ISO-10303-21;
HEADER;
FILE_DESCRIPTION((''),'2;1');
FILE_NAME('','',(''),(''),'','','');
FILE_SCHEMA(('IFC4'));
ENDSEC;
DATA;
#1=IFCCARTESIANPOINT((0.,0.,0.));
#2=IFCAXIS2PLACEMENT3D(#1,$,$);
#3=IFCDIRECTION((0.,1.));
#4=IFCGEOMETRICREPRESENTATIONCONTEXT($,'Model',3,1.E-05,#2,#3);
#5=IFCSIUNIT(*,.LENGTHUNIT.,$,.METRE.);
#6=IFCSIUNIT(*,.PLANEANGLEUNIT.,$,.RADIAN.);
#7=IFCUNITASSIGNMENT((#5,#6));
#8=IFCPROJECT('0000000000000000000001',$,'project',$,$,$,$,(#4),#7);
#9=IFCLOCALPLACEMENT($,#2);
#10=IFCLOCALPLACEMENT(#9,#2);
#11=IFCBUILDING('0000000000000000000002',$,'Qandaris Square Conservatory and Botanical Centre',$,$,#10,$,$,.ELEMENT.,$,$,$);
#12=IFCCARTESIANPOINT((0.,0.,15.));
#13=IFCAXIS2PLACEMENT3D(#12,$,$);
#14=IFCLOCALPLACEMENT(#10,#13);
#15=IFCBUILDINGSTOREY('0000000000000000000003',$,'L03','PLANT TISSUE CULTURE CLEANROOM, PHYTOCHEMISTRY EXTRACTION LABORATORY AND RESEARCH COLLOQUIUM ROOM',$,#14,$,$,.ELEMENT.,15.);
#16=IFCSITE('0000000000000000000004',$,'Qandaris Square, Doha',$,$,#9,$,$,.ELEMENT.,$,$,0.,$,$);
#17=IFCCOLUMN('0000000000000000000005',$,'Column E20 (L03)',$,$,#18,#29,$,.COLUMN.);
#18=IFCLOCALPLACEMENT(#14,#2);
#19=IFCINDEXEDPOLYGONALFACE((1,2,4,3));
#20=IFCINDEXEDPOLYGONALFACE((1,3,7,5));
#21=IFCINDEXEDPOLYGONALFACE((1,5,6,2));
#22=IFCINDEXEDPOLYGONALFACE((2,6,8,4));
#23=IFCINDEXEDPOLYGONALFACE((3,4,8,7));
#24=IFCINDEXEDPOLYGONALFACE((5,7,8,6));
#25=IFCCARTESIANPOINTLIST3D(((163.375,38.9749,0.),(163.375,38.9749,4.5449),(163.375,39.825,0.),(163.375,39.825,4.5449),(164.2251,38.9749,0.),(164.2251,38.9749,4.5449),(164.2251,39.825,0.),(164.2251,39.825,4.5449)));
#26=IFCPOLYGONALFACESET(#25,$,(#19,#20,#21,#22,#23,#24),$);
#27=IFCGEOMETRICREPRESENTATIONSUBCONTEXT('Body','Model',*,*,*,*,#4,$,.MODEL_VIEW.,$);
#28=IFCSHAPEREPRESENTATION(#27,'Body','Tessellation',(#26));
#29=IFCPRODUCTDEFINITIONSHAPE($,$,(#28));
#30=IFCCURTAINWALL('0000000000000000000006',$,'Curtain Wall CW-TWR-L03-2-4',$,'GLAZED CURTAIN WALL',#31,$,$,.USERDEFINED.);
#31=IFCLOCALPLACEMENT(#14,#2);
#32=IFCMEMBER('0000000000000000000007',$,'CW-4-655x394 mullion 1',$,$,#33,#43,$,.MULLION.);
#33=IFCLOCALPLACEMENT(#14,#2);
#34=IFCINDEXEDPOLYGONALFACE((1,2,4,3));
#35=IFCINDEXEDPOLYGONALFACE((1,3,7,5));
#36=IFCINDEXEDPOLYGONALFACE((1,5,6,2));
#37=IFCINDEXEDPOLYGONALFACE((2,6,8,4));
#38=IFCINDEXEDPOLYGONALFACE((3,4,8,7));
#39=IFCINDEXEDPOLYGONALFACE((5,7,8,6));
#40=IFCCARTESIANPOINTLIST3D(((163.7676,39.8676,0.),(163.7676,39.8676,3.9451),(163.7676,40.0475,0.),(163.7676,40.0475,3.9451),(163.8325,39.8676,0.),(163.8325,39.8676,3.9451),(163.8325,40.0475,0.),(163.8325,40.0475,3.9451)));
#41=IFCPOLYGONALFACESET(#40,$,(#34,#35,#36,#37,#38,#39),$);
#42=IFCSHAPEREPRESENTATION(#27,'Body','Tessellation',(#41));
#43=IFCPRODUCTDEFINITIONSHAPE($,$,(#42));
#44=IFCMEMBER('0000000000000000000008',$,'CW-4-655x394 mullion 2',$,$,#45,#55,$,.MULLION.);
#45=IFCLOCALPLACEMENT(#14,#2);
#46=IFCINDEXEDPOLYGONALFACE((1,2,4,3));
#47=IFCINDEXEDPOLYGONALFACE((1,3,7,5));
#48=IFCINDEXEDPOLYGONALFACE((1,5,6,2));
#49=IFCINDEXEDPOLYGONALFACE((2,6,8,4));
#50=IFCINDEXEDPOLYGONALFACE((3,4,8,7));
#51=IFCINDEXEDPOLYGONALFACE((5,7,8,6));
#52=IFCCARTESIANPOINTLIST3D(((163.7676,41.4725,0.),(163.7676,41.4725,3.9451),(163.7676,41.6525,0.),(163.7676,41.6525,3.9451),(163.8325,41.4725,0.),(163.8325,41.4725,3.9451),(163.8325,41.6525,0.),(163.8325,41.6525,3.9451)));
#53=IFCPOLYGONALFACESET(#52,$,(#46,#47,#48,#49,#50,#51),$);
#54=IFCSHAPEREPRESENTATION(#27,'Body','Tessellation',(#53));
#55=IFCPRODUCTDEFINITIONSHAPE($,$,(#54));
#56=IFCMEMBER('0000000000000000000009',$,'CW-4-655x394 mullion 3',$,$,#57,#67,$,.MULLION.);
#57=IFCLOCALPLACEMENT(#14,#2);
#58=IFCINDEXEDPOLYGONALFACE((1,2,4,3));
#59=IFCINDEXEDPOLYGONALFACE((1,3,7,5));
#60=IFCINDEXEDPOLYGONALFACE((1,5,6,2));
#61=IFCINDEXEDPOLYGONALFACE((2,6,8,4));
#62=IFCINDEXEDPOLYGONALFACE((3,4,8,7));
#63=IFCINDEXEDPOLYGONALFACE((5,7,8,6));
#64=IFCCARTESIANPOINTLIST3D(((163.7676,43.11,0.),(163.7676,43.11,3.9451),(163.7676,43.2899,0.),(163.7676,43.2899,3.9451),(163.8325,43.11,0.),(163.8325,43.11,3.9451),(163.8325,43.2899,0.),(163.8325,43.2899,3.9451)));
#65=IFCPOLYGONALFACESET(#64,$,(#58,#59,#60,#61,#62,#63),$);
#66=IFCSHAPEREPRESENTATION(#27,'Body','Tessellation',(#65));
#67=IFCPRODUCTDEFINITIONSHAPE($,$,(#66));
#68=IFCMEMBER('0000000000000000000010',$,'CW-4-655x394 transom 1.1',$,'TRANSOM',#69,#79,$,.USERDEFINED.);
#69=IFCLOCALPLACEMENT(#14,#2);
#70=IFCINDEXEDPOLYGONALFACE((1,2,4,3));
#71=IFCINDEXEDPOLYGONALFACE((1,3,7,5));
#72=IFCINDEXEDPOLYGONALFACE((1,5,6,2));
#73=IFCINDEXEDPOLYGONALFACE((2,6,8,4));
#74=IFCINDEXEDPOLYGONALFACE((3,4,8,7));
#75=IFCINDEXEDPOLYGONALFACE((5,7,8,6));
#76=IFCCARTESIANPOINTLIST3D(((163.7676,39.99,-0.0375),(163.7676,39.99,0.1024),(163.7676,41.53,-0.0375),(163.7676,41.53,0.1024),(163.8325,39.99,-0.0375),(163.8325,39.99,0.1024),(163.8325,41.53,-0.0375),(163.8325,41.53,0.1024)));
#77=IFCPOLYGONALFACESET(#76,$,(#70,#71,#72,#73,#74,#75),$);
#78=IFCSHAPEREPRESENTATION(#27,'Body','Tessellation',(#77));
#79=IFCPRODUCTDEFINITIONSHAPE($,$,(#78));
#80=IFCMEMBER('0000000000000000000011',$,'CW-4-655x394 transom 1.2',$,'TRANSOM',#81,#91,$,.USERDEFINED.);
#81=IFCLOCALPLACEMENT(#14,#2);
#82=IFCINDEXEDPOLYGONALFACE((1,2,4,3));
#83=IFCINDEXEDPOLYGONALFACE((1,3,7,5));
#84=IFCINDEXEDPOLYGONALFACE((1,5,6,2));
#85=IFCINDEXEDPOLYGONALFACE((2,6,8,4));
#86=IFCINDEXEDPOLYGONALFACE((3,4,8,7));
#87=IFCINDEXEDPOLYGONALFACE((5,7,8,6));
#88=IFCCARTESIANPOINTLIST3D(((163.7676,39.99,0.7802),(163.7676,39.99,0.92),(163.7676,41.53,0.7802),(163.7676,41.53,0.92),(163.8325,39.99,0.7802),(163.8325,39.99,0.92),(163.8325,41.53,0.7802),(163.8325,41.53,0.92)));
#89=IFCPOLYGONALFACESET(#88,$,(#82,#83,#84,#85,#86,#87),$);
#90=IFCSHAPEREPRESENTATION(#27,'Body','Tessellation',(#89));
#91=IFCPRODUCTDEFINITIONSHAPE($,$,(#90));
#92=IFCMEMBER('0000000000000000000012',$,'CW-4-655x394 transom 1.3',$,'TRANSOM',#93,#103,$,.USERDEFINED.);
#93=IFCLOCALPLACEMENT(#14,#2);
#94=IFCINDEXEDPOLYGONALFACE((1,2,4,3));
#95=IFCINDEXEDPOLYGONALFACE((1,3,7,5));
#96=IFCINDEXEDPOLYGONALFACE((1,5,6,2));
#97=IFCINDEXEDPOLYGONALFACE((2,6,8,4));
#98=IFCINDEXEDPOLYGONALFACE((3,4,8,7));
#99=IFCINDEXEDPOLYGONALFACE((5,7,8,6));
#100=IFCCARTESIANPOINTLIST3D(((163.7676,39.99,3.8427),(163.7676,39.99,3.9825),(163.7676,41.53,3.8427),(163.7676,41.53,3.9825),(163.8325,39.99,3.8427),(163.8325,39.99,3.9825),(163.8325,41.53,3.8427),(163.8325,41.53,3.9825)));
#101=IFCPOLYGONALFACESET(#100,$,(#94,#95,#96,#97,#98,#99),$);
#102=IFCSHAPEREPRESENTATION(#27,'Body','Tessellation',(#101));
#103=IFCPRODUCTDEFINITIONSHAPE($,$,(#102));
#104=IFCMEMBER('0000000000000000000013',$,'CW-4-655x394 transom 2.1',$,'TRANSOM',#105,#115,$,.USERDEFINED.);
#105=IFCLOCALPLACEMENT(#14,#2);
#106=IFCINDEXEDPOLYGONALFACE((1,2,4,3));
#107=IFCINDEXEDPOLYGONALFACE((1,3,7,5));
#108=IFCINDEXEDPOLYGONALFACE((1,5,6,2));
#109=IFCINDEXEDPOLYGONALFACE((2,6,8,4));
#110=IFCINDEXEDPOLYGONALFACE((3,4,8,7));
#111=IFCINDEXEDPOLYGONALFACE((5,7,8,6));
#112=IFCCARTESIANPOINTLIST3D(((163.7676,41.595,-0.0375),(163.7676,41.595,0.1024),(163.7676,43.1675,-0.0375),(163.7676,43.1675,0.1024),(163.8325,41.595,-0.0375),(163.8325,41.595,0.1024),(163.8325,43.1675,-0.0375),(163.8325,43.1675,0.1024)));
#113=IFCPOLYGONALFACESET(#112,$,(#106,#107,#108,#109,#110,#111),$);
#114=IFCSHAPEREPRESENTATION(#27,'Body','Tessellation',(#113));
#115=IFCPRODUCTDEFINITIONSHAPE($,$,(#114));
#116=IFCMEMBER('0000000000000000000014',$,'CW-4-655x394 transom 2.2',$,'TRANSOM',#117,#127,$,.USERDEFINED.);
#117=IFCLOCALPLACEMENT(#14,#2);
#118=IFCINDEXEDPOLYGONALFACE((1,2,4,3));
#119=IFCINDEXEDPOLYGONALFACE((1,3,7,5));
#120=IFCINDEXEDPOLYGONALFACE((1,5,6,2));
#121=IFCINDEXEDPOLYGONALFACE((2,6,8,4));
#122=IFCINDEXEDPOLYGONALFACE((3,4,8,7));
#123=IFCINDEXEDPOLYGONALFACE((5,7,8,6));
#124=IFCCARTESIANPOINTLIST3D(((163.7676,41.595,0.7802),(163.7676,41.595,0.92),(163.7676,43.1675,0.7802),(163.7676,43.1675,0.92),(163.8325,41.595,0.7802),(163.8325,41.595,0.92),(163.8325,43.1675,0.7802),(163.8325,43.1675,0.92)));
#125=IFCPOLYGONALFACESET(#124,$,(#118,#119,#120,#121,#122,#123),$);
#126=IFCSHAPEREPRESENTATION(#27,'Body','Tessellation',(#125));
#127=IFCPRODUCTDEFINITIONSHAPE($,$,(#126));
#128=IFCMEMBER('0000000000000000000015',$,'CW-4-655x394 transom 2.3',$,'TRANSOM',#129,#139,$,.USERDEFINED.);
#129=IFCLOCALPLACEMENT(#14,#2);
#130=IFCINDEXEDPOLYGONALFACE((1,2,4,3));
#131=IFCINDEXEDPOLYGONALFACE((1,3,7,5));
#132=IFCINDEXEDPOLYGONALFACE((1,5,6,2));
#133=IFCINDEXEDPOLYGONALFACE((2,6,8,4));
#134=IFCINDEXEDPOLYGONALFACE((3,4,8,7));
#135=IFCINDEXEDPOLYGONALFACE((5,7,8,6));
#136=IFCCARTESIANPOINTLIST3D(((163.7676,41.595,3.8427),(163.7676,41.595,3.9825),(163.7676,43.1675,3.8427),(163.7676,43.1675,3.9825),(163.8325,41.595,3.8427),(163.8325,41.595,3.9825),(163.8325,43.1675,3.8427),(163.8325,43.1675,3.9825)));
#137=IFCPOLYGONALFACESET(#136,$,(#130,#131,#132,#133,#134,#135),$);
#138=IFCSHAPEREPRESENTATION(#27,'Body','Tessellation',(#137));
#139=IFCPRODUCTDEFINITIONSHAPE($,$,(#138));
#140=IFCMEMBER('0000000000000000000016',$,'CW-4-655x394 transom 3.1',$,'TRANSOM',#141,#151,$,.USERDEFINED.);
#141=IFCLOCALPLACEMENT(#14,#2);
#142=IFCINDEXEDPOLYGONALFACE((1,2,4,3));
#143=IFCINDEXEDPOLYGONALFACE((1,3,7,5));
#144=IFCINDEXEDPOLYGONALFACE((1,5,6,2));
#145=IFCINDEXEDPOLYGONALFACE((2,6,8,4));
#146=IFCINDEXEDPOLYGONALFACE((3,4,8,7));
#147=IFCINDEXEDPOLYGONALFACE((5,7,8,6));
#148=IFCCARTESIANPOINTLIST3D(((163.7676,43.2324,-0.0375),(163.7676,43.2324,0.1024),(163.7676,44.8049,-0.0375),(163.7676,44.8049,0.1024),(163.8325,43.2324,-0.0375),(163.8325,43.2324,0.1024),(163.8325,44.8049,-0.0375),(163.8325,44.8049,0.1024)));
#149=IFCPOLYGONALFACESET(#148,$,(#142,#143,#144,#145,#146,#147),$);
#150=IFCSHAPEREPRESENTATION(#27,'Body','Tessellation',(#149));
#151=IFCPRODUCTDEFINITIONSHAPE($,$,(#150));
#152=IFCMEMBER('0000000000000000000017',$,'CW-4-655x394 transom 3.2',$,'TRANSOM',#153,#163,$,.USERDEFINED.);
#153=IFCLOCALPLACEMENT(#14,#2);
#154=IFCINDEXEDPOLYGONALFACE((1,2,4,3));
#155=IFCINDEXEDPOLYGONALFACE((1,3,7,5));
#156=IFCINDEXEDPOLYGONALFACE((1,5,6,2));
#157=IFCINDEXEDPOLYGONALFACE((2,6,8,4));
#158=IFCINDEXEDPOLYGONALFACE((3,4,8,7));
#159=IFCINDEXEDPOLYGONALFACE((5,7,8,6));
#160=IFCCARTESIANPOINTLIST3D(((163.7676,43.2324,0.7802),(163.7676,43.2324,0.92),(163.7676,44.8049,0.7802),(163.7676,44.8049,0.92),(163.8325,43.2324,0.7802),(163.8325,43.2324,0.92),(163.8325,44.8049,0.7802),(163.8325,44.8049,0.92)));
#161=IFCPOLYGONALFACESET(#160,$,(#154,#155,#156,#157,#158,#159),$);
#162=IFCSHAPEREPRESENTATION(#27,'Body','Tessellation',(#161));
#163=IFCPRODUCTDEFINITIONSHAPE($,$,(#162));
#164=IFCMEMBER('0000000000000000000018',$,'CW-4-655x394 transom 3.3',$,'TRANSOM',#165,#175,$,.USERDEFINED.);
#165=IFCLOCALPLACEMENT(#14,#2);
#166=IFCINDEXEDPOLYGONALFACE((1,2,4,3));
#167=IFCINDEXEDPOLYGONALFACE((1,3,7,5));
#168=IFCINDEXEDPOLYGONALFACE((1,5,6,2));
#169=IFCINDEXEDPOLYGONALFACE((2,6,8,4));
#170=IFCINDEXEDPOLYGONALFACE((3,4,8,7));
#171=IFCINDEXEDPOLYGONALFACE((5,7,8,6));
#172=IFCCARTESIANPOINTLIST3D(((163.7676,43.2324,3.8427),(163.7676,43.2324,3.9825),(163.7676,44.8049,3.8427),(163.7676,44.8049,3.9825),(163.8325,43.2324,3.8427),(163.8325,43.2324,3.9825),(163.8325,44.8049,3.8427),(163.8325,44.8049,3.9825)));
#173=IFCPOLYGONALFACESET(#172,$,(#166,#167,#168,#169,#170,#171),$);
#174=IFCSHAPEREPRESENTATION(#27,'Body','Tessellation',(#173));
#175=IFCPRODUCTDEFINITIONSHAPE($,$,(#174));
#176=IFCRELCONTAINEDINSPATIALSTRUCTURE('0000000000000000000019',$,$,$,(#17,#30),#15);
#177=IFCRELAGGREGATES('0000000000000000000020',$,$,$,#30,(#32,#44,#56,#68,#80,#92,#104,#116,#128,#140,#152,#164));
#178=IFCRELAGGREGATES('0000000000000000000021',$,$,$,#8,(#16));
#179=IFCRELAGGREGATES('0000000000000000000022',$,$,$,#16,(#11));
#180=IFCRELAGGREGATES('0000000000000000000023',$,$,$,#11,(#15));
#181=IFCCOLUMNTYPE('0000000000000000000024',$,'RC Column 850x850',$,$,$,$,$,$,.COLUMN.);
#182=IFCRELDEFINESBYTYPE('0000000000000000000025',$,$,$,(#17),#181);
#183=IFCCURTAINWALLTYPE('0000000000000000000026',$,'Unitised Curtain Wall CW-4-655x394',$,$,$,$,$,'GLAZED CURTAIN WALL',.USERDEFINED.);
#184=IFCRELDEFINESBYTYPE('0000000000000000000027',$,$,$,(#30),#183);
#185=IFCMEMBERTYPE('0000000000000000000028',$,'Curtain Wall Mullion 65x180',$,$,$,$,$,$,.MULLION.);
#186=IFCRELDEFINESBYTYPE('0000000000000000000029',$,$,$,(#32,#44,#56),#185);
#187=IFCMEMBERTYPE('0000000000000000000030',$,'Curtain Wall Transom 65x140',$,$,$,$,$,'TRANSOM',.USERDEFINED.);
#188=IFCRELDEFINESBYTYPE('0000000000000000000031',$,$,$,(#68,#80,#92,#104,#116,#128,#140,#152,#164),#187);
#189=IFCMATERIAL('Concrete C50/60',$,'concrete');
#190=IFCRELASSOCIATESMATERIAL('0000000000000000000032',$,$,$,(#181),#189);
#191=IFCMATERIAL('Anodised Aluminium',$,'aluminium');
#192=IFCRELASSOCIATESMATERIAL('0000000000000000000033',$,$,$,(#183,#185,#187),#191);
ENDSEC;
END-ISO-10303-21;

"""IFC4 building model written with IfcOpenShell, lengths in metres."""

from ifc_helpers import new_model, si_unit, direction, frame, origin, origin_2d, place, context, subcontext, project, spatial, rectangle, extrude, material, material_profile, profile_set, type_object, element, aggregate, save


model = new_model("IFC4")

# Units and contexts
model_context = context("Model", 3, precision=1e-05, world=origin(), true_north=direction((0.0, 1.0)))
body_context = subcontext(model_context, "Body", "Model", "MODEL_VIEW")
ifc_project = project(units=[si_unit("LENGTHUNIT", "METRE"), si_unit("PLANEANGLEUNIT", "RADIAN")], contexts=[model_context])

# Site, building, storey
site_placement = place(None, origin())
site = spatial("IfcSite", under=ifc_project, at=site_placement, Name="Qandaris Square, Doha", CompositionType="ELEMENT", RefElevation=0.0)
building_placement = place(site_placement, origin())
building = spatial("IfcBuilding", under=site, at=building_placement, Name="Qandaris Square Conservatory and Botanical Centre", CompositionType="ELEMENT")
storey_placement = place(building_placement, frame((0.0, 0.0, 15.0)))
storey = spatial("IfcBuildingStorey", under=building, at=storey_placement, Name="L03", Description="PLANT TISSUE CULTURE CLEANROOM, PHYTOCHEMISTRY EXTRACTION LABORATORY AND RESEARCH COLLOQUIUM ROOM", CompositionType="ELEMENT", Elevation=15.0)

# Column
ifc_material_1 = material(Name="Concrete C50/60", Category="concrete")
ifc_material_profile_1 = material_profile(ifc_material_1, rectangle(XDim=0.8501, YDim=0.8501, at=origin_2d()), Name="RC-COL 850x850")
ifc_profile_set_1 = profile_set([ifc_material_profile_1], Name="Concrete C50/60")
column_type = type_object("IfcColumnType", Name="RC Column 850x850", PredefinedType="COLUMN", material=ifc_profile_set_1)
column_placement = place(storey_placement, frame((163.8, 39.3999, 0.0), z_axis=(0.0, 0.0, 1.0), x_axis=(1.0, 0.0, 0.0)))
element("IfcColumn", 1, at=column_placement, inside=storey, type_object=column_type, Name="Column E20 (L03)", PredefinedType="COLUMN", context=body_context, shape_type="SweptSolid", body=[
    extrude(rectangle(XDim=0.8501, YDim=0.8501, at=origin_2d()), origin(), (0.0, 0.0, 1.0), 4.5449),
])

# Curtain wall, members
ifc_material_2 = material(Name="Anodised Aluminium", Category="aluminium")
curtain_wall_type = type_object("IfcCurtainWallType", Name="Unitised Curtain Wall CW-4-655x394", ElementType="GLAZED CURTAIN WALL", PredefinedType="USERDEFINED", material=ifc_material_2)
curtain_wall_placement = place(storey_placement, origin())
curtain_wall = element("IfcCurtainWall", 2, at=curtain_wall_placement, inside=storey, type_object=curtain_wall_type, Name="Curtain Wall CW-TWR-L03-2-4", ObjectType="GLAZED CURTAIN WALL", PredefinedType="USERDEFINED")
ifc_material_profile_2 = material_profile(ifc_material_2, rectangle(XDim=0.0649, YDim=0.1799, at=origin_2d()), Name="ALU-MUL 65x180")
ifc_profile_set_2 = profile_set([ifc_material_profile_2], Name="Anodised Aluminium")
member_type_1 = type_object("IfcMemberType", Name="Curtain Wall Mullion 65x180", PredefinedType="MULLION", material=ifc_profile_set_2)
member_1_placement = place(storey_placement, frame((163.8, 39.9575, 0.0), z_axis=(0.0, 0.0, 1.0), x_axis=(-1.0, 0.0, 0.0)))
member_1 = element("IfcMember", 3, at=member_1_placement, type_object=member_type_1, Name="CW-4-655x394 mullion 1", PredefinedType="MULLION", context=body_context, shape_type="SweptSolid", body=[
    extrude(rectangle(XDim=0.0649, YDim=0.1799, at=origin_2d()), origin(), (0.0, 0.0, 1.0), 3.9451),
])
member_2_placement = place(storey_placement, frame((163.8, 41.5625, 0.0), z_axis=(0.0, 0.0, 1.0), x_axis=(-1.0, 0.0, 0.0)))
member_2 = element("IfcMember", 4, at=member_2_placement, type_object=member_type_1, Name="CW-4-655x394 mullion 2", PredefinedType="MULLION", context=body_context, shape_type="SweptSolid", body=[
    extrude(rectangle(XDim=0.0649, YDim=0.1799, at=origin_2d()), origin(), (0.0, 0.0, 1.0), 3.9451),
])
member_3_placement = place(storey_placement, frame((163.8, 43.2, 0.0), z_axis=(0.0, 0.0, 1.0), x_axis=(-1.0, 0.0, 0.0)))
member_3 = element("IfcMember", 5, at=member_3_placement, type_object=member_type_1, Name="CW-4-655x394 mullion 3", PredefinedType="MULLION", context=body_context, shape_type="SweptSolid", body=[
    extrude(rectangle(XDim=0.0649, YDim=0.1799, at=origin_2d()), origin(), (0.0, 0.0, 1.0), 3.9451),
])
ifc_material_profile_3 = material_profile(ifc_material_2, rectangle(XDim=0.0649, YDim=0.1399, at=origin_2d()), Name="ALU-TRN 65x140")
ifc_profile_set_3 = profile_set([ifc_material_profile_3], Name="Anodised Aluminium")
member_type_2 = type_object("IfcMemberType", Name="Curtain Wall Transom 65x140", ElementType="TRANSOM", PredefinedType="USERDEFINED", material=ifc_profile_set_3)
member_4_placement = place(storey_placement, frame((163.8, 39.99, 0.0325), z_axis=(0.0, 1.0, 0.0), x_axis=(-1.0, 0.0, 0.0)))
member_4 = element("IfcMember", 6, at=member_4_placement, type_object=member_type_2, Name="CW-4-655x394 transom 1.1", ObjectType="TRANSOM", PredefinedType="USERDEFINED", context=body_context, shape_type="SweptSolid", body=[
    extrude(rectangle(XDim=0.0649, YDim=0.1399, at=origin_2d()), origin(), (0.0, 0.0, 1.0), 1.54),
])
member_5_placement = place(storey_placement, frame((163.8, 39.99, 0.8501), z_axis=(0.0, 1.0, 0.0), x_axis=(-1.0, 0.0, 0.0)))
member_5 = element("IfcMember", 7, at=member_5_placement, type_object=member_type_2, Name="CW-4-655x394 transom 1.2", ObjectType="TRANSOM", PredefinedType="USERDEFINED", context=body_context, shape_type="SweptSolid", body=[
    extrude(rectangle(XDim=0.0649, YDim=0.1399, at=origin_2d()), origin(), (0.0, 0.0, 1.0), 1.54),
])
member_6_placement = place(storey_placement, frame((163.8, 39.99, 3.9126), z_axis=(0.0, 1.0, 0.0), x_axis=(-1.0, 0.0, 0.0)))
member_6 = element("IfcMember", 8, at=member_6_placement, type_object=member_type_2, Name="CW-4-655x394 transom 1.3", ObjectType="TRANSOM", PredefinedType="USERDEFINED", context=body_context, shape_type="SweptSolid", body=[
    extrude(rectangle(XDim=0.0649, YDim=0.1399, at=origin_2d()), origin(), (0.0, 0.0, 1.0), 1.54),
])
member_7_placement = place(storey_placement, frame((163.8, 41.595, 0.0325), z_axis=(0.0, 1.0, 0.0), x_axis=(-1.0, 0.0, 0.0)))
member_7 = element("IfcMember", 9, at=member_7_placement, type_object=member_type_2, Name="CW-4-655x394 transom 2.1", ObjectType="TRANSOM", PredefinedType="USERDEFINED", context=body_context, shape_type="SweptSolid", body=[
    extrude(rectangle(XDim=0.0649, YDim=0.1399, at=origin_2d()), origin(), (0.0, 0.0, 1.0), 1.5725),
])
member_8_placement = place(storey_placement, frame((163.8, 41.595, 0.8501), z_axis=(0.0, 1.0, 0.0), x_axis=(-1.0, 0.0, 0.0)))
member_8 = element("IfcMember", 10, at=member_8_placement, type_object=member_type_2, Name="CW-4-655x394 transom 2.2", ObjectType="TRANSOM", PredefinedType="USERDEFINED", context=body_context, shape_type="SweptSolid", body=[
    extrude(rectangle(XDim=0.0649, YDim=0.1399, at=origin_2d()), origin(), (0.0, 0.0, 1.0), 1.5725),
])
member_9_placement = place(storey_placement, frame((163.8, 41.595, 3.9126), z_axis=(0.0, 1.0, 0.0), x_axis=(-1.0, 0.0, 0.0)))
member_9 = element("IfcMember", 11, at=member_9_placement, type_object=member_type_2, Name="CW-4-655x394 transom 2.3", ObjectType="TRANSOM", PredefinedType="USERDEFINED", context=body_context, shape_type="SweptSolid", body=[
    extrude(rectangle(XDim=0.0649, YDim=0.1399, at=origin_2d()), origin(), (0.0, 0.0, 1.0), 1.5725),
])
member_10_placement = place(storey_placement, frame((163.8, 43.2324, 0.0325), z_axis=(0.0, 1.0, 0.0), x_axis=(-1.0, 0.0, 0.0)))
member_10 = element("IfcMember", 12, at=member_10_placement, type_object=member_type_2, Name="CW-4-655x394 transom 3.1", ObjectType="TRANSOM", PredefinedType="USERDEFINED", context=body_context, shape_type="SweptSolid", body=[
    extrude(rectangle(XDim=0.0649, YDim=0.1399, at=origin_2d()), origin(), (0.0, 0.0, 1.0), 1.5725),
])
member_11_placement = place(storey_placement, frame((163.8, 43.2324, 0.8501), z_axis=(0.0, 1.0, 0.0), x_axis=(-1.0, 0.0, 0.0)))
member_11 = element("IfcMember", 13, at=member_11_placement, type_object=member_type_2, Name="CW-4-655x394 transom 3.2", ObjectType="TRANSOM", PredefinedType="USERDEFINED", context=body_context, shape_type="SweptSolid", body=[
    extrude(rectangle(XDim=0.0649, YDim=0.1399, at=origin_2d()), origin(), (0.0, 0.0, 1.0), 1.5725),
])
member_12_placement = place(storey_placement, frame((163.8, 43.2324, 3.9126), z_axis=(0.0, 1.0, 0.0), x_axis=(-1.0, 0.0, 0.0)))
member_12 = element("IfcMember", 14, at=member_12_placement, type_object=member_type_2, Name="CW-4-655x394 transom 3.3", ObjectType="TRANSOM", PredefinedType="USERDEFINED", context=body_context, shape_type="SweptSolid", body=[
    extrude(rectangle(XDim=0.0649, YDim=0.1399, at=origin_2d()), origin(), (0.0, 0.0, 1.0), 1.5725),
])

aggregate(curtain_wall, [member_1, member_2, member_3, member_4, member_5, member_6, member_7, member_8, member_9, member_10, member_11, member_12])

save(model, "model.ifc")
